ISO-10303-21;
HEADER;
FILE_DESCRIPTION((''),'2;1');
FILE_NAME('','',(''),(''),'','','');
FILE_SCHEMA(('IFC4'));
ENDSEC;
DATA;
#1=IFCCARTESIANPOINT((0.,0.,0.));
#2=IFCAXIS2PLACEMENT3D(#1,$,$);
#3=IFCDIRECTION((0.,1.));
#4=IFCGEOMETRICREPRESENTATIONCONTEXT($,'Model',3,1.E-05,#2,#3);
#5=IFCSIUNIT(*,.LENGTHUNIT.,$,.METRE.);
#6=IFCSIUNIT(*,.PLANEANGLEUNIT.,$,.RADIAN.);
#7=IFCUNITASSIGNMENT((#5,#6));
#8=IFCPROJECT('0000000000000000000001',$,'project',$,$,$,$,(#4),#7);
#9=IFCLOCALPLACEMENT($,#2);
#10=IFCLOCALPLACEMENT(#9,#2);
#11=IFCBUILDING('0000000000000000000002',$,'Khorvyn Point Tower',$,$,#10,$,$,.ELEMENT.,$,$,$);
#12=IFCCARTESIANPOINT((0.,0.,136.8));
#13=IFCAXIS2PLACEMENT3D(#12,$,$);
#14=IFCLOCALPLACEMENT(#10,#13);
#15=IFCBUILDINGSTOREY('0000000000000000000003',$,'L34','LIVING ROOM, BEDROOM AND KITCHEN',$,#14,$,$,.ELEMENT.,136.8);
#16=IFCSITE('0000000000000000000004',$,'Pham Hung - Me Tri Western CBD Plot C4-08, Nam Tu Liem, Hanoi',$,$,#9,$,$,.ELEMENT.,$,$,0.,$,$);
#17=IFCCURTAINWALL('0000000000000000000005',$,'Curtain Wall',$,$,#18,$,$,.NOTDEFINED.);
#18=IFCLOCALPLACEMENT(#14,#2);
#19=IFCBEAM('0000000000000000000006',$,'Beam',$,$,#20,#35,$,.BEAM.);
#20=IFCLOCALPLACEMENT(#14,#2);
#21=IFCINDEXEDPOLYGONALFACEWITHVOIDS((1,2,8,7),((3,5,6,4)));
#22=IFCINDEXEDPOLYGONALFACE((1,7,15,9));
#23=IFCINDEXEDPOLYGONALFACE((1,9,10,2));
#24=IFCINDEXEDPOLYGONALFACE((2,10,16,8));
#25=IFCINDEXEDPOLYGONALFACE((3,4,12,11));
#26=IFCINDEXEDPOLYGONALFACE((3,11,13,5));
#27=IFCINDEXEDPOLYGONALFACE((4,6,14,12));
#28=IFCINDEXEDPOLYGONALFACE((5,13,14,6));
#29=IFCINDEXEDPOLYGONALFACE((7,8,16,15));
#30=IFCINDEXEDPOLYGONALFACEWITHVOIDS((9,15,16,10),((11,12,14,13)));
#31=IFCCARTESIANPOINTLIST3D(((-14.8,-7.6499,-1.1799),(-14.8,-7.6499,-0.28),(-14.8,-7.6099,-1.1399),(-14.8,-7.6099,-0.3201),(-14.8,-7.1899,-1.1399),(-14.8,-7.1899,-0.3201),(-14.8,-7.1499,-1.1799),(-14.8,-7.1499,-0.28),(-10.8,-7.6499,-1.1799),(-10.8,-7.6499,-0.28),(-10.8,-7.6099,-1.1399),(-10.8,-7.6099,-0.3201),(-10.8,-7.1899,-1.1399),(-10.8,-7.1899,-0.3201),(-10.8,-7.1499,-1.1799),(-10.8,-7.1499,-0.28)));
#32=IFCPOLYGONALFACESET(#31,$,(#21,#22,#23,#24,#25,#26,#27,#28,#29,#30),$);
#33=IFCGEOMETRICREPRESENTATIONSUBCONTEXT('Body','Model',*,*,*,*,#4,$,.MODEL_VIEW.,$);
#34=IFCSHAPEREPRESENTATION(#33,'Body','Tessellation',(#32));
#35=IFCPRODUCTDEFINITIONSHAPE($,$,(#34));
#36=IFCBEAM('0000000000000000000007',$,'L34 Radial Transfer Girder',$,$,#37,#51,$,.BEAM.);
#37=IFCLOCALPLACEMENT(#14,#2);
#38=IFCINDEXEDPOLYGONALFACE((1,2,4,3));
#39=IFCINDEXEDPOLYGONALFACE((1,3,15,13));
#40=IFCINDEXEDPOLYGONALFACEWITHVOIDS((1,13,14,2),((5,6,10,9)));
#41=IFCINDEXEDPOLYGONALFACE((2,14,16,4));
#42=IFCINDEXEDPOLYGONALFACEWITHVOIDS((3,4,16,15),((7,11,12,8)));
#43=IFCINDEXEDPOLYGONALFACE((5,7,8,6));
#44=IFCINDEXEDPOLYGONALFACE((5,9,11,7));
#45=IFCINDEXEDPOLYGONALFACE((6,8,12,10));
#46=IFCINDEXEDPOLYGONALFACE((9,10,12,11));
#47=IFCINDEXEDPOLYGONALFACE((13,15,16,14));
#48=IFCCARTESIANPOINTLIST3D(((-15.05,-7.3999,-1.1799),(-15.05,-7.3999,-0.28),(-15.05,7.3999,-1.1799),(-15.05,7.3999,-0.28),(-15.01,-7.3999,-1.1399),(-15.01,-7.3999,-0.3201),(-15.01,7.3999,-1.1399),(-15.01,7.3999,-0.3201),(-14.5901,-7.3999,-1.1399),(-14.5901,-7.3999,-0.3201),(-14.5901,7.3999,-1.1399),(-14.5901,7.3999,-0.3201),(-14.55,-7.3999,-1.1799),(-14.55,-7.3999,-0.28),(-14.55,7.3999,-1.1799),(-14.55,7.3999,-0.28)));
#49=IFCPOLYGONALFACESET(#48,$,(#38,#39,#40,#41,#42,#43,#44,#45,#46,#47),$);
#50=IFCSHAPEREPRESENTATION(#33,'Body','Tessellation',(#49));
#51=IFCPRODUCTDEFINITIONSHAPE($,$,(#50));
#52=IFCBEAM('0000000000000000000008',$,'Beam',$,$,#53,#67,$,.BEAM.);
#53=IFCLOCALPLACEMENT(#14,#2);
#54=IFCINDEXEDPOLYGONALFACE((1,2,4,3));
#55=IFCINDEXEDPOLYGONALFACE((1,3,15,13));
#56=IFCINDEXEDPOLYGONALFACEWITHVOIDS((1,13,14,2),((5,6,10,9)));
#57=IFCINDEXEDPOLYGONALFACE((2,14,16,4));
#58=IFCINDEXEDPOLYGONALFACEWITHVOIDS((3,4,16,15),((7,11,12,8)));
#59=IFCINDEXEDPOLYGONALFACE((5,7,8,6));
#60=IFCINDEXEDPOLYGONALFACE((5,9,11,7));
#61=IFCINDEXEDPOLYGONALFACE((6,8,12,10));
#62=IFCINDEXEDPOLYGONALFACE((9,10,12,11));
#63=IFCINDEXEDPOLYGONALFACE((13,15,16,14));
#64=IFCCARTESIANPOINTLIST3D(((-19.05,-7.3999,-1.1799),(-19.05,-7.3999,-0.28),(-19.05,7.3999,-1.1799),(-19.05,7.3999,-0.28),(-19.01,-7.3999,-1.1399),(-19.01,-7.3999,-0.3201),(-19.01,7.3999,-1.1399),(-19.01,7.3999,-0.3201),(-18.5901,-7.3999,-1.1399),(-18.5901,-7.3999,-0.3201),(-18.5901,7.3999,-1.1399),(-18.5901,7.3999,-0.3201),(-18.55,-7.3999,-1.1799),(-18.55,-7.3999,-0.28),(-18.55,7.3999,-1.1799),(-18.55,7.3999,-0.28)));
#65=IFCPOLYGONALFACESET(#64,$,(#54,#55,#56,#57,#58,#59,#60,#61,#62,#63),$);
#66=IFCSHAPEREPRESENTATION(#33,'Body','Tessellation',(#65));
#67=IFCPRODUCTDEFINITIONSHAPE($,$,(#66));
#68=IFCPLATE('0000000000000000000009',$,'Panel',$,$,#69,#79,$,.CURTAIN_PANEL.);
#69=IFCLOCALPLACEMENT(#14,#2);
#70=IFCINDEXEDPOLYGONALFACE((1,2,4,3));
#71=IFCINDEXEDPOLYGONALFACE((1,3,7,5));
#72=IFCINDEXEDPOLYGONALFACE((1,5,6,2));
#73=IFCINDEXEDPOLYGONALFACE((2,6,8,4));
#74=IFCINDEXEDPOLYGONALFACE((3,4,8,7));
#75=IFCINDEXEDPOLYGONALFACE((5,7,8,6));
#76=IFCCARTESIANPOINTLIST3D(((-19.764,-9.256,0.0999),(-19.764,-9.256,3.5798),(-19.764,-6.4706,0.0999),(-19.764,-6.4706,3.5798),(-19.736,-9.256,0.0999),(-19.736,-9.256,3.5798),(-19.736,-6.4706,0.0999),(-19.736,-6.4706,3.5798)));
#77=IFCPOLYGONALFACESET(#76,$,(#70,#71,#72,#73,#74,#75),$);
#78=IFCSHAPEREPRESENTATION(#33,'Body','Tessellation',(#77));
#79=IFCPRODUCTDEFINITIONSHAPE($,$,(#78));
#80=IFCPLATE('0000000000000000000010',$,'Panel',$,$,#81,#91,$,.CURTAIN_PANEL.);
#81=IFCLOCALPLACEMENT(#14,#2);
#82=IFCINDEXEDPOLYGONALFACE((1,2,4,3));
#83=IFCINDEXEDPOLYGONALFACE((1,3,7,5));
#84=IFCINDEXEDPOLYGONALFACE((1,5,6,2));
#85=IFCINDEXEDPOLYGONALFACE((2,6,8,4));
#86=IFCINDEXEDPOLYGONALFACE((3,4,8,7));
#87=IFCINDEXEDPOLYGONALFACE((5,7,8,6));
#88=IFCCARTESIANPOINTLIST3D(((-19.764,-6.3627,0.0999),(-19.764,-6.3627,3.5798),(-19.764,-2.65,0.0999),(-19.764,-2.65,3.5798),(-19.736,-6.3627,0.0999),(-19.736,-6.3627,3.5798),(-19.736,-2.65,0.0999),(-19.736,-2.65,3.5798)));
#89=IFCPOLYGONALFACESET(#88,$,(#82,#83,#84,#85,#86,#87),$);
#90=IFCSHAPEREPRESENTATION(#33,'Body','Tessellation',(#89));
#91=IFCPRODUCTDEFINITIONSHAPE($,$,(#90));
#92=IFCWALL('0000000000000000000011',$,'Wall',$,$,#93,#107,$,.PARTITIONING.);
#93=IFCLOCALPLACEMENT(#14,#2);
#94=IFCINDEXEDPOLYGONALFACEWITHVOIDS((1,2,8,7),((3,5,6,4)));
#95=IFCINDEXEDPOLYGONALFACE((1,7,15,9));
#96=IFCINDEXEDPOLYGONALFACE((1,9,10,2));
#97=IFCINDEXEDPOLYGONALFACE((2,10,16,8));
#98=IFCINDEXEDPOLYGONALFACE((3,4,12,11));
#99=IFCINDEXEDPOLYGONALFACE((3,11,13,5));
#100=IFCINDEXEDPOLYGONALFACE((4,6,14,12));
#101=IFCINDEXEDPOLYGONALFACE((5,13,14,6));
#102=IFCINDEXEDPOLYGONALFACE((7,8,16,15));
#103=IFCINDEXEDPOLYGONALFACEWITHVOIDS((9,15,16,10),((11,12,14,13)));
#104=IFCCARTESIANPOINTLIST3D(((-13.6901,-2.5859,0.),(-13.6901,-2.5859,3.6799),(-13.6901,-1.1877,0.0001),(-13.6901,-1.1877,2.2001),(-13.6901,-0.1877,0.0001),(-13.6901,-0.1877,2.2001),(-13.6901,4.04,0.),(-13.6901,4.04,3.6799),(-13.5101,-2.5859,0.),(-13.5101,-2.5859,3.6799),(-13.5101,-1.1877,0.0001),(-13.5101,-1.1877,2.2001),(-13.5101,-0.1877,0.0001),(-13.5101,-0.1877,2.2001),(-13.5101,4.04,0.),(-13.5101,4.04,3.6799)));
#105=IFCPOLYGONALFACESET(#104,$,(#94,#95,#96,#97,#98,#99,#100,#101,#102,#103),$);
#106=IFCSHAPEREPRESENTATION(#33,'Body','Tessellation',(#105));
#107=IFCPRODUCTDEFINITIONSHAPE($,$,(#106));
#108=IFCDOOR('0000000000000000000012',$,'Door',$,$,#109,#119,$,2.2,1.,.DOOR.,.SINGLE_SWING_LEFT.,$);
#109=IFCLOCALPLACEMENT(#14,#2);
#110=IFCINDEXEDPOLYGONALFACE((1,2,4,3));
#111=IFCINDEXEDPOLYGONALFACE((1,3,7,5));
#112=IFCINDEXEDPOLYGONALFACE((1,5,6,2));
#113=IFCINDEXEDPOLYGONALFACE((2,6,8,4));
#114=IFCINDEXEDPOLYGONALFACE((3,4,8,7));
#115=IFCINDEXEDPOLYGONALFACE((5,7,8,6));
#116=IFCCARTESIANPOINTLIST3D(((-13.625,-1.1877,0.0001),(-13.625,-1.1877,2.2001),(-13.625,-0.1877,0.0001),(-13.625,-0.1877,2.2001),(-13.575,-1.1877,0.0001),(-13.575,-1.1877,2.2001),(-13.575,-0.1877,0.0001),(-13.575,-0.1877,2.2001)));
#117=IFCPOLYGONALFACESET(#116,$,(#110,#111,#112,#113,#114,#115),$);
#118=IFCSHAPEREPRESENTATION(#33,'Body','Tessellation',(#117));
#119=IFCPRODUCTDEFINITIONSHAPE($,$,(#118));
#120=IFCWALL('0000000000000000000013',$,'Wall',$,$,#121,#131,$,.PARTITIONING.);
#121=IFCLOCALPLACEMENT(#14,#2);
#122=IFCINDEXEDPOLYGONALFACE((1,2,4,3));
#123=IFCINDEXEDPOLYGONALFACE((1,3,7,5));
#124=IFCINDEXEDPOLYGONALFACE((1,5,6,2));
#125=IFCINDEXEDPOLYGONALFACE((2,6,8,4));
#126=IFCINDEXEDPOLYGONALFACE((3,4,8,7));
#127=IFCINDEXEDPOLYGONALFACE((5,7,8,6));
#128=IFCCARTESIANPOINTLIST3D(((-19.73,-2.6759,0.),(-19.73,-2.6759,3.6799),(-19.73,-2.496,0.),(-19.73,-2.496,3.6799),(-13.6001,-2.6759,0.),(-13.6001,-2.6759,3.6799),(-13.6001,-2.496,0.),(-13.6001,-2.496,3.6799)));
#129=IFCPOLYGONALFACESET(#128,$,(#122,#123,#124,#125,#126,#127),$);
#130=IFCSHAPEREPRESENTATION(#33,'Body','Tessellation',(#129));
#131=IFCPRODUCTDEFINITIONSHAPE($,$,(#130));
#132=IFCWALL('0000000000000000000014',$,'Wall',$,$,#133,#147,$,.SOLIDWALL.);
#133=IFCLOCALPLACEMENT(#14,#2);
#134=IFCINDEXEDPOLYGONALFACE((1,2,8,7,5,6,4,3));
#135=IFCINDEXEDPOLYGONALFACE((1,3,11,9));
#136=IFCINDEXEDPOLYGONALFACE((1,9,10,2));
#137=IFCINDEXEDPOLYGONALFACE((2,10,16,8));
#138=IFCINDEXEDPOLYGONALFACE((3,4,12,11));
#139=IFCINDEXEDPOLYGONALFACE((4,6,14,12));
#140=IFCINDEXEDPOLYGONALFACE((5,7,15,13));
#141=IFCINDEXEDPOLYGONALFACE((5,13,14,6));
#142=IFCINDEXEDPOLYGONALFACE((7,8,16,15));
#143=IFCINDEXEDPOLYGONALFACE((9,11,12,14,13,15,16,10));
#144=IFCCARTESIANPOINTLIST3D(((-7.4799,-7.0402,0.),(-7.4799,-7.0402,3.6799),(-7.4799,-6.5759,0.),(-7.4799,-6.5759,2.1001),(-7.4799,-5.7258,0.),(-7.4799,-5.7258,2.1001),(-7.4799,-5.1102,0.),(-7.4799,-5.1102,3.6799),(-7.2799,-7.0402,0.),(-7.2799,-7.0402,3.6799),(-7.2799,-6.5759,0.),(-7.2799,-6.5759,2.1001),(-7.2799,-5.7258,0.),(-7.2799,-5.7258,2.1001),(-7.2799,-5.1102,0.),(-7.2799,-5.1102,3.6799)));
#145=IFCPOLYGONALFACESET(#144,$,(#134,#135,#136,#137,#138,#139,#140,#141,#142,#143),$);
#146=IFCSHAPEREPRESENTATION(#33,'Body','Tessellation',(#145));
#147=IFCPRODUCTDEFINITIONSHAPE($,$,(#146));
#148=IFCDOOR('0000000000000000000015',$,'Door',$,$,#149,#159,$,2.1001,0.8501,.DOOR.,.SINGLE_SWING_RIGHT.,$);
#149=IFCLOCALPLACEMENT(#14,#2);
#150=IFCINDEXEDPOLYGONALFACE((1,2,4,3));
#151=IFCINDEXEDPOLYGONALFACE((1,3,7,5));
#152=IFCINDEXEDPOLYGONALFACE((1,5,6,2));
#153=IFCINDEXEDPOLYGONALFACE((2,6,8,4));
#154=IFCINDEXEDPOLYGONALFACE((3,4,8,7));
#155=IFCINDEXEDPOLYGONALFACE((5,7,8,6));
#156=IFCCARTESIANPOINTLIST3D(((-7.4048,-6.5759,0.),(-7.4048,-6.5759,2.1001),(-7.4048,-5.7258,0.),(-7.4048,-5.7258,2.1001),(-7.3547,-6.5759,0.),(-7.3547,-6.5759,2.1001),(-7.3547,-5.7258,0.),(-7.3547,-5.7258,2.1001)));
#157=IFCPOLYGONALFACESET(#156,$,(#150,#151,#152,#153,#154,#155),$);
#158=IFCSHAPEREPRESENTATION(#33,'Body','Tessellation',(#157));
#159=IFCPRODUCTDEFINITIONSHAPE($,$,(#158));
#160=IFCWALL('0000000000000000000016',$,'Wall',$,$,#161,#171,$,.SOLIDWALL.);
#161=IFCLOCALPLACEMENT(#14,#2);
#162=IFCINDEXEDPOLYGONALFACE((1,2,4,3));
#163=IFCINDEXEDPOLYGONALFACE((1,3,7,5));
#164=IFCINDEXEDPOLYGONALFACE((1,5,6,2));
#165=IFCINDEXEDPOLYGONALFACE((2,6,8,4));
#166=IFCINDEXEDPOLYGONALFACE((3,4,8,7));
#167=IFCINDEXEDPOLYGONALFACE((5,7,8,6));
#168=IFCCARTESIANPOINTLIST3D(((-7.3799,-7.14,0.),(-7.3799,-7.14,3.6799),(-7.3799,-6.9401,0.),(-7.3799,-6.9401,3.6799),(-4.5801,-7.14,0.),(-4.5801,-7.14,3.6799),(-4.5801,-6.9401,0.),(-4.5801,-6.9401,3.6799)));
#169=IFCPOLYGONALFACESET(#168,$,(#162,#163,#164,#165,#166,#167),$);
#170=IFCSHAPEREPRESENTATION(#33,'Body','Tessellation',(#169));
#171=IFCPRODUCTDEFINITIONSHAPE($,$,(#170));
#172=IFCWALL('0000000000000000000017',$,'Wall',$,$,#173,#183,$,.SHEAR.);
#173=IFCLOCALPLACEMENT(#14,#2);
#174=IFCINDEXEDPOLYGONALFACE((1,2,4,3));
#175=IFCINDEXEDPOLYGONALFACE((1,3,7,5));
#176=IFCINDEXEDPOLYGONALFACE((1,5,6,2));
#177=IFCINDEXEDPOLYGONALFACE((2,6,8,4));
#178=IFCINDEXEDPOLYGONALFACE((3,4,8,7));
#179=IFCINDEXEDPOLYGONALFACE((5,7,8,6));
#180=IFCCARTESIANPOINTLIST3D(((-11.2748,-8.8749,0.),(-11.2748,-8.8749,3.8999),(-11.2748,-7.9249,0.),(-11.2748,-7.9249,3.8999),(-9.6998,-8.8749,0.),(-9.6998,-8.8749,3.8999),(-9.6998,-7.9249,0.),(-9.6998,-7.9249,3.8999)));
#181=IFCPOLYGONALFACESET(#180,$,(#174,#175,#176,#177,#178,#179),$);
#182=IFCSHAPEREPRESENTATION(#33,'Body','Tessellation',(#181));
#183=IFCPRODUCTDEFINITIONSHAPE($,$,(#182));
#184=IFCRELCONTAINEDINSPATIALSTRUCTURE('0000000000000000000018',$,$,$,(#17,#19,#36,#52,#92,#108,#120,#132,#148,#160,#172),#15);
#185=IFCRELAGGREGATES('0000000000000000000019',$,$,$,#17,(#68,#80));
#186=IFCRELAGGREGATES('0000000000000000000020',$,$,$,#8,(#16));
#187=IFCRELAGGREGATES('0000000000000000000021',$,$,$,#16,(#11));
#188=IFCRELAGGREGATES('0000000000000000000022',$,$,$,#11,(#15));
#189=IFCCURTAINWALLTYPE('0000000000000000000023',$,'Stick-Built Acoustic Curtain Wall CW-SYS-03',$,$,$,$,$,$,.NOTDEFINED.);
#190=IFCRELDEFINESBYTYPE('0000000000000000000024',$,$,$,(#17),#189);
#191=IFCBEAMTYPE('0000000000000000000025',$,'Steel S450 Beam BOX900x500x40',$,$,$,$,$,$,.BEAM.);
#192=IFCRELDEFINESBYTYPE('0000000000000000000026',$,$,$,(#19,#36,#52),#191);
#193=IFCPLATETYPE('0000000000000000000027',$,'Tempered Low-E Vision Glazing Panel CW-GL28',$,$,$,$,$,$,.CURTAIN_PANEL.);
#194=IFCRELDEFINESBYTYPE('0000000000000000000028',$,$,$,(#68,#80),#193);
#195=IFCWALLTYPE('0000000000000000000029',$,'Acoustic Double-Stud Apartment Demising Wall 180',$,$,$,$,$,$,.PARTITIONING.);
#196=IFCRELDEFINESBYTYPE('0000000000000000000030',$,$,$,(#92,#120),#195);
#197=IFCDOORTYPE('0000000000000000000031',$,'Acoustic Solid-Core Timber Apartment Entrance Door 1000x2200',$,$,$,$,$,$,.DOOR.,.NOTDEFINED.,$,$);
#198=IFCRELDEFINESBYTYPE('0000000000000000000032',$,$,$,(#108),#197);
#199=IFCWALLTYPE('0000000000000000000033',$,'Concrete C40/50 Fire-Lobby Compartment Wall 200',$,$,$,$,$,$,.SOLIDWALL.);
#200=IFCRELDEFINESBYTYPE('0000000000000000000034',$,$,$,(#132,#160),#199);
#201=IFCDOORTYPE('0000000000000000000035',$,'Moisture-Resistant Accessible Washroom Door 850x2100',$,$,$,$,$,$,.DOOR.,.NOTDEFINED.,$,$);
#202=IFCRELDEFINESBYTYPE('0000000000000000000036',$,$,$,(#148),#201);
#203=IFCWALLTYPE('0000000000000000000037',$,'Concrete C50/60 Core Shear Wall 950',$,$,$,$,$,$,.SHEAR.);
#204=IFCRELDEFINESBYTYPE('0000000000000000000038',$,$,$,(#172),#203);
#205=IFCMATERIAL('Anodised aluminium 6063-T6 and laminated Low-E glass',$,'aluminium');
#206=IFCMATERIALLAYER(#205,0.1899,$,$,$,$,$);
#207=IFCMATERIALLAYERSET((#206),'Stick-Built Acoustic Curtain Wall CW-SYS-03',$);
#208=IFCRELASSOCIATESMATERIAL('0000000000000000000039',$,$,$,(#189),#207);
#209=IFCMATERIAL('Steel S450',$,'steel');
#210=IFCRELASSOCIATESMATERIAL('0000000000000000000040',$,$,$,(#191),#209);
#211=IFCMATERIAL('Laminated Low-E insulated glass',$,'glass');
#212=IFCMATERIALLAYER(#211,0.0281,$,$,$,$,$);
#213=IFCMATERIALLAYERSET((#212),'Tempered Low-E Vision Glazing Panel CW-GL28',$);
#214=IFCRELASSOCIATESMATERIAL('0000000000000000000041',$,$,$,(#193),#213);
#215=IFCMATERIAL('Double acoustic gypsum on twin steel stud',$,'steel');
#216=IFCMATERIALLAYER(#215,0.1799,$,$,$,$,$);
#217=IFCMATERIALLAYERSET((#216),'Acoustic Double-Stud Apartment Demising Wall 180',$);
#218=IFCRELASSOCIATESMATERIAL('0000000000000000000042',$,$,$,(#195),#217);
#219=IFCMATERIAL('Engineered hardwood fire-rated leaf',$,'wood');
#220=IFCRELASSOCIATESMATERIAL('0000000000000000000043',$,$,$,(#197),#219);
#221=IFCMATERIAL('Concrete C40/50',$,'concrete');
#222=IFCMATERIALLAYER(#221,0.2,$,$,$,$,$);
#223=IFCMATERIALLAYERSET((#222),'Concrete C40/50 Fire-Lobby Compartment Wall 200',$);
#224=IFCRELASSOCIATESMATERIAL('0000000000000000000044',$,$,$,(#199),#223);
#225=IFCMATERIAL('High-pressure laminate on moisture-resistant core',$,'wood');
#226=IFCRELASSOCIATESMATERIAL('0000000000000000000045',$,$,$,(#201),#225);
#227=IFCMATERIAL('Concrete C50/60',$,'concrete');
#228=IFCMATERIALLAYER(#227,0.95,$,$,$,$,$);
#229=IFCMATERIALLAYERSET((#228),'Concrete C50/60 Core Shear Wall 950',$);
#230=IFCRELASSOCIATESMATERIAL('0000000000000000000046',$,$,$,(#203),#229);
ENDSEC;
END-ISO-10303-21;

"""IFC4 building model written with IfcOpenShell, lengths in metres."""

from ifc_helpers import new_model, si_unit, direction, frame, frame_2d, origin, origin_2d, place, context, subcontext, project, spatial, rectangle, hollow_rectangle, extrude, material, layer, layer_set, material_profile, profile_set, type_object, element, fill, aggregate, save


model = new_model("IFC4")

# Units and contexts
model_context = context("Model", 3, precision=1e-05, world=origin(), true_north=direction((0.0, 1.0)))
body_context = subcontext(model_context, "Body", "Model", "MODEL_VIEW")
ifc_project = project(units=[si_unit("LENGTHUNIT", "METRE"), si_unit("PLANEANGLEUNIT", "RADIAN")], contexts=[model_context])

# Site, building, storey
site_placement = place(None, origin())
site = spatial("IfcSite", under=ifc_project, at=site_placement, Name="Pham Hung - Me Tri Western CBD Plot C4-08, Nam Tu Liem, Hanoi", CompositionType="ELEMENT", RefElevation=0.0)
building_placement = place(site_placement, origin())
building = spatial("IfcBuilding", under=site, at=building_placement, Name="Khorvyn Point Tower", CompositionType="ELEMENT")
storey_placement = place(building_placement, frame((0.0, 0.0, 136.8)))
storey = spatial("IfcBuildingStorey", under=building, at=storey_placement, Name="L34", Description="LIVING ROOM, BEDROOM AND KITCHEN", CompositionType="ELEMENT", Elevation=136.8)

# Shared definitions
ifc_material_1 = material(Name="Concrete C50/60", Category="concrete")

# Curtain wall
ifc_material_2 = material(Name="Anodised aluminium 6063-T6 and laminated Low-E glass", Category="aluminium")
ifc_layer_1 = layer(ifc_material_2, 0.1899)
ifc_layer_set_1 = layer_set([ifc_layer_1], Name="Stick-Built Acoustic Curtain Wall CW-SYS-03")
curtain_wall_type = type_object("IfcCurtainWallType", Name="Stick-Built Acoustic Curtain Wall CW-SYS-03", PredefinedType="NOTDEFINED", material=ifc_layer_set_1)
curtain_wall_placement = place(storey_placement, origin())
curtain_wall = element("IfcCurtainWall", 1, at=curtain_wall_placement, inside=storey, type_object=curtain_wall_type, Name="Curtain Wall", PredefinedType="NOTDEFINED")

# Beams
ifc_material_3 = material(Name="Steel S450", Category="steel")
ifc_material_profile_1 = material_profile(ifc_material_3, hollow_rectangle(XDim=0.5, YDim=0.8999, WallThickness=0.04, at=origin_2d()))
ifc_profile_set_1 = profile_set([ifc_material_profile_1], Name="Steel S450 BOX900x500x40")
beam_type_1 = type_object("IfcBeamType", Name="Steel S450 Beam BOX900x500x40", PredefinedType="BEAM", material=ifc_profile_set_1)
beam_1_placement = place(storey_placement, frame((-14.8, -7.3999, -0.73), z_axis=(1.0, 0.0, 0.0), x_axis=(0.0, 1.0, 0.0)))
element("IfcBeam", 2, at=beam_1_placement, inside=storey, type_object=beam_type_1, Name="Beam", PredefinedType="BEAM", context=body_context, shape_type="SweptSolid", body=[
    extrude(hollow_rectangle(XDim=0.5, YDim=0.8999, WallThickness=0.04, at=origin_2d()), origin(), (0.0, 0.0, 1.0), 4.0),
])
for number, where, z_axis, x_axis, name in (
    (3, (-14.8, -7.3999, -0.73), (0.0, 1.0, 0.0), (-1.0, 0.0, 0.0), "L34 Radial Transfer Girder"),
    (4, (-18.8, -7.3999, -0.73), (0.0, 1.0, 0.0), (-1.0, 0.0, 0.0), "Beam"),
):
    element("IfcBeam", number, at=place(storey_placement, frame(where, z_axis=z_axis, x_axis=x_axis)), inside=storey, type_object=beam_type_1, Name=name, PredefinedType="BEAM", context=body_context, shape_type="SweptSolid", body=[
        extrude(hollow_rectangle(XDim=0.5, YDim=0.8999, WallThickness=0.04, at=origin_2d()), origin(), (0.0, 0.0, 1.0), 14.7998),
    ])

# Plates
ifc_material_4 = material(Name="Laminated Low-E insulated glass", Category="glass")
ifc_layer_2 = layer(ifc_material_4, 0.0281)
ifc_layer_set_2 = layer_set([ifc_layer_2], Name="Tempered Low-E Vision Glazing Panel CW-GL28")
plate_type = type_object("IfcPlateType", Name="Tempered Low-E Vision Glazing Panel CW-GL28", PredefinedType="CURTAIN_PANEL", material=ifc_layer_set_2)
plate_1_placement = place(storey_placement, frame((-19.75, -7.8633, 0.0999), z_axis=(0.0, 0.0, 1.0), x_axis=(0.0, 1.0, 0.0)))
plate_1 = element("IfcPlate", 5, at=plate_1_placement, type_object=plate_type, Name="Panel", PredefinedType="CURTAIN_PANEL", context=body_context, shape_type="SweptSolid", body=[
    extrude(rectangle(XDim=2.7854, YDim=0.0281, at=origin_2d()), origin(), (0.0, 0.0, 1.0), 3.48),
])
plate_2_placement = place(storey_placement, frame((-19.75, -4.5063, 0.0999), z_axis=(0.0, 0.0, 1.0), x_axis=(0.0, 1.0, 0.0)))
plate_2 = element("IfcPlate", 6, at=plate_2_placement, type_object=plate_type, Name="Panel", PredefinedType="CURTAIN_PANEL", context=body_context, shape_type="SweptSolid", body=[
    extrude(rectangle(XDim=3.7126, YDim=0.0281, at=origin_2d()), origin(), (0.0, 0.0, 1.0), 3.48),
])
aggregate(curtain_wall, [plate_1, plate_2])

# Wall, opening, door
ifc_material_5 = material(Name="Double acoustic gypsum on twin steel stud", Category="steel")
ifc_layer_3 = layer(ifc_material_5, 0.1799)
ifc_layer_set_3 = layer_set([ifc_layer_3], Name="Acoustic Double-Stud Apartment Demising Wall 180")
wall_type_1 = type_object("IfcWallType", Name="Acoustic Double-Stud Apartment Demising Wall 180", PredefinedType="PARTITIONING", material=ifc_layer_set_3)
wall_1_placement = place(storey_placement, frame((-13.6001, -2.5859, 0.0), z_axis=(0.0, 0.0, 1.0), x_axis=(0.0, 1.0, 0.0)))
wall_1 = element("IfcWall", 7, at=wall_1_placement, inside=storey, type_object=wall_type_1, Name="Wall", PredefinedType="PARTITIONING", context=body_context, shape_type="SweptSolid", body=[
    extrude(rectangle(XDim=6.626, YDim=0.1799, at=frame_2d((3.313, 0.0))), origin(), (0.0, 0.0, 1.0), 3.6799),
])
opening_1_placement = place(wall_1_placement, frame((1.3982, 0.0, 0.0)))
opening_1 = element("IfcOpeningElement", 8, at=opening_1_placement, cuts=wall_1, PredefinedType="OPENING", context=body_context, shape_type="SweptSolid", body=[
    extrude(rectangle(XDim=1.0, YDim=2.2, at=frame_2d((0.5, 1.1001))), frame((0.0, 0.0999, 0.0), z_axis=(0.0, -1.0, 0.0), x_axis=(1.0, 0.0, 0.0)), (0.0, 0.0, 1.0), 0.2),
])
ifc_material_6 = material(Name="Engineered hardwood fire-rated leaf", Category="wood")
door_type_1 = type_object("IfcDoorType", Name="Acoustic Solid-Core Timber Apartment Entrance Door 1000x2200", OperationType="NOTDEFINED", PredefinedType="DOOR", material=ifc_material_6)
door_1_placement = place(opening_1_placement, origin())
door_1 = element("IfcDoor", 9, at=door_1_placement, inside=storey, type_object=door_type_1, Name="Door", OperationType="SINGLE_SWING_LEFT", OverallHeight=2.2, OverallWidth=1.0, PredefinedType="DOOR", context=body_context, shape_type="SweptSolid", body=[
    extrude(rectangle(XDim=1.0, YDim=2.2, at=frame_2d((0.5, 1.1001))), frame((0.0, 0.0249, 0.0), z_axis=(0.0, -1.0, 0.0), x_axis=(1.0, 0.0, 0.0)), (0.0, 0.0, 1.0), 0.05),
])
fill(opening_1, door_1)

# Wall
wall_2_placement = place(storey_placement, frame((-19.73, -2.5859, 0.0), z_axis=(0.0, 0.0, 1.0), x_axis=(1.0, 0.0, 0.0)))
element("IfcWall", 10, at=wall_2_placement, inside=storey, type_object=wall_type_1, Name="Wall", PredefinedType="PARTITIONING", context=body_context, shape_type="SweptSolid", body=[
    extrude(rectangle(XDim=6.1299, YDim=0.1799, at=frame_2d((3.0649, 0.0))), origin(), (0.0, 0.0, 1.0), 3.6799),
])

# Wall, opening, door
ifc_material_7 = material(Name="Concrete C40/50", Category="concrete")
ifc_layer_4 = layer(ifc_material_7, 0.2)
ifc_layer_set_4 = layer_set([ifc_layer_4], Name="Concrete C40/50 Fire-Lobby Compartment Wall 200")
wall_type_2 = type_object("IfcWallType", Name="Concrete C40/50 Fire-Lobby Compartment Wall 200", PredefinedType="SOLIDWALL", material=ifc_layer_set_4)
wall_3_placement = place(storey_placement, frame((-7.3799, -7.04, 0.0), z_axis=(0.0, 0.0, 1.0), x_axis=(0.0, 1.0, 0.0)))
wall_3 = element("IfcWall", 11, at=wall_3_placement, inside=storey, type_object=wall_type_2, Name="Wall", PredefinedType="SOLIDWALL", context=body_context, shape_type="SweptSolid", body=[
    extrude(rectangle(XDim=1.9299, YDim=0.2, at=frame_2d((0.9648, 0.0))), origin(), (0.0, 0.0, 1.0), 3.6799),
])
opening_2_placement = place(wall_3_placement, frame((0.4641, 0.0, 0.0)))
opening_2 = element("IfcOpeningElement", 12, at=opening_2_placement, cuts=wall_3, PredefinedType="OPENING", context=body_context, shape_type="SweptSolid", body=[
    extrude(rectangle(XDim=0.8501, YDim=2.1001, at=frame_2d((0.425, 1.05))), frame((0.0, 0.1099, 0.0), z_axis=(0.0, -1.0, 0.0), x_axis=(1.0, 0.0, 0.0)), (0.0, 0.0, 1.0), 0.22),
])
ifc_material_8 = material(Name="High-pressure laminate on moisture-resistant core", Category="wood")
door_type_2 = type_object("IfcDoorType", Name="Moisture-Resistant Accessible Washroom Door 850x2100", OperationType="NOTDEFINED", PredefinedType="DOOR", material=ifc_material_8)
door_2_placement = place(opening_2_placement, origin())
door_2 = element("IfcDoor", 13, at=door_2_placement, inside=storey, type_object=door_type_2, Name="Door", OperationType="SINGLE_SWING_RIGHT", OverallHeight=2.1001, OverallWidth=0.8501, PredefinedType="DOOR", context=body_context, shape_type="SweptSolid", body=[
    extrude(rectangle(XDim=0.8501, YDim=2.1001, at=frame_2d((0.425, 1.05))), frame((0.0, 0.0249, 0.0), z_axis=(0.0, -1.0, 0.0), x_axis=(1.0, 0.0, 0.0)), (0.0, 0.0, 1.0), 0.05),
])
fill(opening_2, door_2)

# Walls
wall_4_placement = place(storey_placement, frame((-7.3799, -7.04, 0.0), z_axis=(0.0, 0.0, 1.0), x_axis=(1.0, 0.0, 0.0)))
element("IfcWall", 14, at=wall_4_placement, inside=storey, type_object=wall_type_2, Name="Wall", PredefinedType="SOLIDWALL", context=body_context, shape_type="SweptSolid", body=[
    extrude(rectangle(XDim=2.7998, YDim=0.2, at=frame_2d((1.3999, 0.0))), origin(), (0.0, 0.0, 1.0), 3.6799),
])
ifc_layer_5 = layer(ifc_material_1, 0.95)
ifc_layer_set_5 = layer_set([ifc_layer_5], Name="Concrete C50/60 Core Shear Wall 950")
wall_type_3 = type_object("IfcWallType", Name="Concrete C50/60 Core Shear Wall 950", PredefinedType="SHEAR", material=ifc_layer_set_5)
wall_5_placement = place(storey_placement, frame((-11.2749, -8.3999, 0.0), z_axis=(0.0, 0.0, 1.0), x_axis=(1.0, 0.0, 0.0)))
element("IfcWall", 15, at=wall_5_placement, inside=storey, type_object=wall_type_3, Name="Wall", PredefinedType="SHEAR", context=body_context, shape_type="SweptSolid", body=[
    extrude(rectangle(XDim=1.575, YDim=0.95, at=frame_2d((0.7876, 0.0))), origin(), (0.0, 0.0, 1.0), 3.8999),
])

save(model, "model.ifc")
